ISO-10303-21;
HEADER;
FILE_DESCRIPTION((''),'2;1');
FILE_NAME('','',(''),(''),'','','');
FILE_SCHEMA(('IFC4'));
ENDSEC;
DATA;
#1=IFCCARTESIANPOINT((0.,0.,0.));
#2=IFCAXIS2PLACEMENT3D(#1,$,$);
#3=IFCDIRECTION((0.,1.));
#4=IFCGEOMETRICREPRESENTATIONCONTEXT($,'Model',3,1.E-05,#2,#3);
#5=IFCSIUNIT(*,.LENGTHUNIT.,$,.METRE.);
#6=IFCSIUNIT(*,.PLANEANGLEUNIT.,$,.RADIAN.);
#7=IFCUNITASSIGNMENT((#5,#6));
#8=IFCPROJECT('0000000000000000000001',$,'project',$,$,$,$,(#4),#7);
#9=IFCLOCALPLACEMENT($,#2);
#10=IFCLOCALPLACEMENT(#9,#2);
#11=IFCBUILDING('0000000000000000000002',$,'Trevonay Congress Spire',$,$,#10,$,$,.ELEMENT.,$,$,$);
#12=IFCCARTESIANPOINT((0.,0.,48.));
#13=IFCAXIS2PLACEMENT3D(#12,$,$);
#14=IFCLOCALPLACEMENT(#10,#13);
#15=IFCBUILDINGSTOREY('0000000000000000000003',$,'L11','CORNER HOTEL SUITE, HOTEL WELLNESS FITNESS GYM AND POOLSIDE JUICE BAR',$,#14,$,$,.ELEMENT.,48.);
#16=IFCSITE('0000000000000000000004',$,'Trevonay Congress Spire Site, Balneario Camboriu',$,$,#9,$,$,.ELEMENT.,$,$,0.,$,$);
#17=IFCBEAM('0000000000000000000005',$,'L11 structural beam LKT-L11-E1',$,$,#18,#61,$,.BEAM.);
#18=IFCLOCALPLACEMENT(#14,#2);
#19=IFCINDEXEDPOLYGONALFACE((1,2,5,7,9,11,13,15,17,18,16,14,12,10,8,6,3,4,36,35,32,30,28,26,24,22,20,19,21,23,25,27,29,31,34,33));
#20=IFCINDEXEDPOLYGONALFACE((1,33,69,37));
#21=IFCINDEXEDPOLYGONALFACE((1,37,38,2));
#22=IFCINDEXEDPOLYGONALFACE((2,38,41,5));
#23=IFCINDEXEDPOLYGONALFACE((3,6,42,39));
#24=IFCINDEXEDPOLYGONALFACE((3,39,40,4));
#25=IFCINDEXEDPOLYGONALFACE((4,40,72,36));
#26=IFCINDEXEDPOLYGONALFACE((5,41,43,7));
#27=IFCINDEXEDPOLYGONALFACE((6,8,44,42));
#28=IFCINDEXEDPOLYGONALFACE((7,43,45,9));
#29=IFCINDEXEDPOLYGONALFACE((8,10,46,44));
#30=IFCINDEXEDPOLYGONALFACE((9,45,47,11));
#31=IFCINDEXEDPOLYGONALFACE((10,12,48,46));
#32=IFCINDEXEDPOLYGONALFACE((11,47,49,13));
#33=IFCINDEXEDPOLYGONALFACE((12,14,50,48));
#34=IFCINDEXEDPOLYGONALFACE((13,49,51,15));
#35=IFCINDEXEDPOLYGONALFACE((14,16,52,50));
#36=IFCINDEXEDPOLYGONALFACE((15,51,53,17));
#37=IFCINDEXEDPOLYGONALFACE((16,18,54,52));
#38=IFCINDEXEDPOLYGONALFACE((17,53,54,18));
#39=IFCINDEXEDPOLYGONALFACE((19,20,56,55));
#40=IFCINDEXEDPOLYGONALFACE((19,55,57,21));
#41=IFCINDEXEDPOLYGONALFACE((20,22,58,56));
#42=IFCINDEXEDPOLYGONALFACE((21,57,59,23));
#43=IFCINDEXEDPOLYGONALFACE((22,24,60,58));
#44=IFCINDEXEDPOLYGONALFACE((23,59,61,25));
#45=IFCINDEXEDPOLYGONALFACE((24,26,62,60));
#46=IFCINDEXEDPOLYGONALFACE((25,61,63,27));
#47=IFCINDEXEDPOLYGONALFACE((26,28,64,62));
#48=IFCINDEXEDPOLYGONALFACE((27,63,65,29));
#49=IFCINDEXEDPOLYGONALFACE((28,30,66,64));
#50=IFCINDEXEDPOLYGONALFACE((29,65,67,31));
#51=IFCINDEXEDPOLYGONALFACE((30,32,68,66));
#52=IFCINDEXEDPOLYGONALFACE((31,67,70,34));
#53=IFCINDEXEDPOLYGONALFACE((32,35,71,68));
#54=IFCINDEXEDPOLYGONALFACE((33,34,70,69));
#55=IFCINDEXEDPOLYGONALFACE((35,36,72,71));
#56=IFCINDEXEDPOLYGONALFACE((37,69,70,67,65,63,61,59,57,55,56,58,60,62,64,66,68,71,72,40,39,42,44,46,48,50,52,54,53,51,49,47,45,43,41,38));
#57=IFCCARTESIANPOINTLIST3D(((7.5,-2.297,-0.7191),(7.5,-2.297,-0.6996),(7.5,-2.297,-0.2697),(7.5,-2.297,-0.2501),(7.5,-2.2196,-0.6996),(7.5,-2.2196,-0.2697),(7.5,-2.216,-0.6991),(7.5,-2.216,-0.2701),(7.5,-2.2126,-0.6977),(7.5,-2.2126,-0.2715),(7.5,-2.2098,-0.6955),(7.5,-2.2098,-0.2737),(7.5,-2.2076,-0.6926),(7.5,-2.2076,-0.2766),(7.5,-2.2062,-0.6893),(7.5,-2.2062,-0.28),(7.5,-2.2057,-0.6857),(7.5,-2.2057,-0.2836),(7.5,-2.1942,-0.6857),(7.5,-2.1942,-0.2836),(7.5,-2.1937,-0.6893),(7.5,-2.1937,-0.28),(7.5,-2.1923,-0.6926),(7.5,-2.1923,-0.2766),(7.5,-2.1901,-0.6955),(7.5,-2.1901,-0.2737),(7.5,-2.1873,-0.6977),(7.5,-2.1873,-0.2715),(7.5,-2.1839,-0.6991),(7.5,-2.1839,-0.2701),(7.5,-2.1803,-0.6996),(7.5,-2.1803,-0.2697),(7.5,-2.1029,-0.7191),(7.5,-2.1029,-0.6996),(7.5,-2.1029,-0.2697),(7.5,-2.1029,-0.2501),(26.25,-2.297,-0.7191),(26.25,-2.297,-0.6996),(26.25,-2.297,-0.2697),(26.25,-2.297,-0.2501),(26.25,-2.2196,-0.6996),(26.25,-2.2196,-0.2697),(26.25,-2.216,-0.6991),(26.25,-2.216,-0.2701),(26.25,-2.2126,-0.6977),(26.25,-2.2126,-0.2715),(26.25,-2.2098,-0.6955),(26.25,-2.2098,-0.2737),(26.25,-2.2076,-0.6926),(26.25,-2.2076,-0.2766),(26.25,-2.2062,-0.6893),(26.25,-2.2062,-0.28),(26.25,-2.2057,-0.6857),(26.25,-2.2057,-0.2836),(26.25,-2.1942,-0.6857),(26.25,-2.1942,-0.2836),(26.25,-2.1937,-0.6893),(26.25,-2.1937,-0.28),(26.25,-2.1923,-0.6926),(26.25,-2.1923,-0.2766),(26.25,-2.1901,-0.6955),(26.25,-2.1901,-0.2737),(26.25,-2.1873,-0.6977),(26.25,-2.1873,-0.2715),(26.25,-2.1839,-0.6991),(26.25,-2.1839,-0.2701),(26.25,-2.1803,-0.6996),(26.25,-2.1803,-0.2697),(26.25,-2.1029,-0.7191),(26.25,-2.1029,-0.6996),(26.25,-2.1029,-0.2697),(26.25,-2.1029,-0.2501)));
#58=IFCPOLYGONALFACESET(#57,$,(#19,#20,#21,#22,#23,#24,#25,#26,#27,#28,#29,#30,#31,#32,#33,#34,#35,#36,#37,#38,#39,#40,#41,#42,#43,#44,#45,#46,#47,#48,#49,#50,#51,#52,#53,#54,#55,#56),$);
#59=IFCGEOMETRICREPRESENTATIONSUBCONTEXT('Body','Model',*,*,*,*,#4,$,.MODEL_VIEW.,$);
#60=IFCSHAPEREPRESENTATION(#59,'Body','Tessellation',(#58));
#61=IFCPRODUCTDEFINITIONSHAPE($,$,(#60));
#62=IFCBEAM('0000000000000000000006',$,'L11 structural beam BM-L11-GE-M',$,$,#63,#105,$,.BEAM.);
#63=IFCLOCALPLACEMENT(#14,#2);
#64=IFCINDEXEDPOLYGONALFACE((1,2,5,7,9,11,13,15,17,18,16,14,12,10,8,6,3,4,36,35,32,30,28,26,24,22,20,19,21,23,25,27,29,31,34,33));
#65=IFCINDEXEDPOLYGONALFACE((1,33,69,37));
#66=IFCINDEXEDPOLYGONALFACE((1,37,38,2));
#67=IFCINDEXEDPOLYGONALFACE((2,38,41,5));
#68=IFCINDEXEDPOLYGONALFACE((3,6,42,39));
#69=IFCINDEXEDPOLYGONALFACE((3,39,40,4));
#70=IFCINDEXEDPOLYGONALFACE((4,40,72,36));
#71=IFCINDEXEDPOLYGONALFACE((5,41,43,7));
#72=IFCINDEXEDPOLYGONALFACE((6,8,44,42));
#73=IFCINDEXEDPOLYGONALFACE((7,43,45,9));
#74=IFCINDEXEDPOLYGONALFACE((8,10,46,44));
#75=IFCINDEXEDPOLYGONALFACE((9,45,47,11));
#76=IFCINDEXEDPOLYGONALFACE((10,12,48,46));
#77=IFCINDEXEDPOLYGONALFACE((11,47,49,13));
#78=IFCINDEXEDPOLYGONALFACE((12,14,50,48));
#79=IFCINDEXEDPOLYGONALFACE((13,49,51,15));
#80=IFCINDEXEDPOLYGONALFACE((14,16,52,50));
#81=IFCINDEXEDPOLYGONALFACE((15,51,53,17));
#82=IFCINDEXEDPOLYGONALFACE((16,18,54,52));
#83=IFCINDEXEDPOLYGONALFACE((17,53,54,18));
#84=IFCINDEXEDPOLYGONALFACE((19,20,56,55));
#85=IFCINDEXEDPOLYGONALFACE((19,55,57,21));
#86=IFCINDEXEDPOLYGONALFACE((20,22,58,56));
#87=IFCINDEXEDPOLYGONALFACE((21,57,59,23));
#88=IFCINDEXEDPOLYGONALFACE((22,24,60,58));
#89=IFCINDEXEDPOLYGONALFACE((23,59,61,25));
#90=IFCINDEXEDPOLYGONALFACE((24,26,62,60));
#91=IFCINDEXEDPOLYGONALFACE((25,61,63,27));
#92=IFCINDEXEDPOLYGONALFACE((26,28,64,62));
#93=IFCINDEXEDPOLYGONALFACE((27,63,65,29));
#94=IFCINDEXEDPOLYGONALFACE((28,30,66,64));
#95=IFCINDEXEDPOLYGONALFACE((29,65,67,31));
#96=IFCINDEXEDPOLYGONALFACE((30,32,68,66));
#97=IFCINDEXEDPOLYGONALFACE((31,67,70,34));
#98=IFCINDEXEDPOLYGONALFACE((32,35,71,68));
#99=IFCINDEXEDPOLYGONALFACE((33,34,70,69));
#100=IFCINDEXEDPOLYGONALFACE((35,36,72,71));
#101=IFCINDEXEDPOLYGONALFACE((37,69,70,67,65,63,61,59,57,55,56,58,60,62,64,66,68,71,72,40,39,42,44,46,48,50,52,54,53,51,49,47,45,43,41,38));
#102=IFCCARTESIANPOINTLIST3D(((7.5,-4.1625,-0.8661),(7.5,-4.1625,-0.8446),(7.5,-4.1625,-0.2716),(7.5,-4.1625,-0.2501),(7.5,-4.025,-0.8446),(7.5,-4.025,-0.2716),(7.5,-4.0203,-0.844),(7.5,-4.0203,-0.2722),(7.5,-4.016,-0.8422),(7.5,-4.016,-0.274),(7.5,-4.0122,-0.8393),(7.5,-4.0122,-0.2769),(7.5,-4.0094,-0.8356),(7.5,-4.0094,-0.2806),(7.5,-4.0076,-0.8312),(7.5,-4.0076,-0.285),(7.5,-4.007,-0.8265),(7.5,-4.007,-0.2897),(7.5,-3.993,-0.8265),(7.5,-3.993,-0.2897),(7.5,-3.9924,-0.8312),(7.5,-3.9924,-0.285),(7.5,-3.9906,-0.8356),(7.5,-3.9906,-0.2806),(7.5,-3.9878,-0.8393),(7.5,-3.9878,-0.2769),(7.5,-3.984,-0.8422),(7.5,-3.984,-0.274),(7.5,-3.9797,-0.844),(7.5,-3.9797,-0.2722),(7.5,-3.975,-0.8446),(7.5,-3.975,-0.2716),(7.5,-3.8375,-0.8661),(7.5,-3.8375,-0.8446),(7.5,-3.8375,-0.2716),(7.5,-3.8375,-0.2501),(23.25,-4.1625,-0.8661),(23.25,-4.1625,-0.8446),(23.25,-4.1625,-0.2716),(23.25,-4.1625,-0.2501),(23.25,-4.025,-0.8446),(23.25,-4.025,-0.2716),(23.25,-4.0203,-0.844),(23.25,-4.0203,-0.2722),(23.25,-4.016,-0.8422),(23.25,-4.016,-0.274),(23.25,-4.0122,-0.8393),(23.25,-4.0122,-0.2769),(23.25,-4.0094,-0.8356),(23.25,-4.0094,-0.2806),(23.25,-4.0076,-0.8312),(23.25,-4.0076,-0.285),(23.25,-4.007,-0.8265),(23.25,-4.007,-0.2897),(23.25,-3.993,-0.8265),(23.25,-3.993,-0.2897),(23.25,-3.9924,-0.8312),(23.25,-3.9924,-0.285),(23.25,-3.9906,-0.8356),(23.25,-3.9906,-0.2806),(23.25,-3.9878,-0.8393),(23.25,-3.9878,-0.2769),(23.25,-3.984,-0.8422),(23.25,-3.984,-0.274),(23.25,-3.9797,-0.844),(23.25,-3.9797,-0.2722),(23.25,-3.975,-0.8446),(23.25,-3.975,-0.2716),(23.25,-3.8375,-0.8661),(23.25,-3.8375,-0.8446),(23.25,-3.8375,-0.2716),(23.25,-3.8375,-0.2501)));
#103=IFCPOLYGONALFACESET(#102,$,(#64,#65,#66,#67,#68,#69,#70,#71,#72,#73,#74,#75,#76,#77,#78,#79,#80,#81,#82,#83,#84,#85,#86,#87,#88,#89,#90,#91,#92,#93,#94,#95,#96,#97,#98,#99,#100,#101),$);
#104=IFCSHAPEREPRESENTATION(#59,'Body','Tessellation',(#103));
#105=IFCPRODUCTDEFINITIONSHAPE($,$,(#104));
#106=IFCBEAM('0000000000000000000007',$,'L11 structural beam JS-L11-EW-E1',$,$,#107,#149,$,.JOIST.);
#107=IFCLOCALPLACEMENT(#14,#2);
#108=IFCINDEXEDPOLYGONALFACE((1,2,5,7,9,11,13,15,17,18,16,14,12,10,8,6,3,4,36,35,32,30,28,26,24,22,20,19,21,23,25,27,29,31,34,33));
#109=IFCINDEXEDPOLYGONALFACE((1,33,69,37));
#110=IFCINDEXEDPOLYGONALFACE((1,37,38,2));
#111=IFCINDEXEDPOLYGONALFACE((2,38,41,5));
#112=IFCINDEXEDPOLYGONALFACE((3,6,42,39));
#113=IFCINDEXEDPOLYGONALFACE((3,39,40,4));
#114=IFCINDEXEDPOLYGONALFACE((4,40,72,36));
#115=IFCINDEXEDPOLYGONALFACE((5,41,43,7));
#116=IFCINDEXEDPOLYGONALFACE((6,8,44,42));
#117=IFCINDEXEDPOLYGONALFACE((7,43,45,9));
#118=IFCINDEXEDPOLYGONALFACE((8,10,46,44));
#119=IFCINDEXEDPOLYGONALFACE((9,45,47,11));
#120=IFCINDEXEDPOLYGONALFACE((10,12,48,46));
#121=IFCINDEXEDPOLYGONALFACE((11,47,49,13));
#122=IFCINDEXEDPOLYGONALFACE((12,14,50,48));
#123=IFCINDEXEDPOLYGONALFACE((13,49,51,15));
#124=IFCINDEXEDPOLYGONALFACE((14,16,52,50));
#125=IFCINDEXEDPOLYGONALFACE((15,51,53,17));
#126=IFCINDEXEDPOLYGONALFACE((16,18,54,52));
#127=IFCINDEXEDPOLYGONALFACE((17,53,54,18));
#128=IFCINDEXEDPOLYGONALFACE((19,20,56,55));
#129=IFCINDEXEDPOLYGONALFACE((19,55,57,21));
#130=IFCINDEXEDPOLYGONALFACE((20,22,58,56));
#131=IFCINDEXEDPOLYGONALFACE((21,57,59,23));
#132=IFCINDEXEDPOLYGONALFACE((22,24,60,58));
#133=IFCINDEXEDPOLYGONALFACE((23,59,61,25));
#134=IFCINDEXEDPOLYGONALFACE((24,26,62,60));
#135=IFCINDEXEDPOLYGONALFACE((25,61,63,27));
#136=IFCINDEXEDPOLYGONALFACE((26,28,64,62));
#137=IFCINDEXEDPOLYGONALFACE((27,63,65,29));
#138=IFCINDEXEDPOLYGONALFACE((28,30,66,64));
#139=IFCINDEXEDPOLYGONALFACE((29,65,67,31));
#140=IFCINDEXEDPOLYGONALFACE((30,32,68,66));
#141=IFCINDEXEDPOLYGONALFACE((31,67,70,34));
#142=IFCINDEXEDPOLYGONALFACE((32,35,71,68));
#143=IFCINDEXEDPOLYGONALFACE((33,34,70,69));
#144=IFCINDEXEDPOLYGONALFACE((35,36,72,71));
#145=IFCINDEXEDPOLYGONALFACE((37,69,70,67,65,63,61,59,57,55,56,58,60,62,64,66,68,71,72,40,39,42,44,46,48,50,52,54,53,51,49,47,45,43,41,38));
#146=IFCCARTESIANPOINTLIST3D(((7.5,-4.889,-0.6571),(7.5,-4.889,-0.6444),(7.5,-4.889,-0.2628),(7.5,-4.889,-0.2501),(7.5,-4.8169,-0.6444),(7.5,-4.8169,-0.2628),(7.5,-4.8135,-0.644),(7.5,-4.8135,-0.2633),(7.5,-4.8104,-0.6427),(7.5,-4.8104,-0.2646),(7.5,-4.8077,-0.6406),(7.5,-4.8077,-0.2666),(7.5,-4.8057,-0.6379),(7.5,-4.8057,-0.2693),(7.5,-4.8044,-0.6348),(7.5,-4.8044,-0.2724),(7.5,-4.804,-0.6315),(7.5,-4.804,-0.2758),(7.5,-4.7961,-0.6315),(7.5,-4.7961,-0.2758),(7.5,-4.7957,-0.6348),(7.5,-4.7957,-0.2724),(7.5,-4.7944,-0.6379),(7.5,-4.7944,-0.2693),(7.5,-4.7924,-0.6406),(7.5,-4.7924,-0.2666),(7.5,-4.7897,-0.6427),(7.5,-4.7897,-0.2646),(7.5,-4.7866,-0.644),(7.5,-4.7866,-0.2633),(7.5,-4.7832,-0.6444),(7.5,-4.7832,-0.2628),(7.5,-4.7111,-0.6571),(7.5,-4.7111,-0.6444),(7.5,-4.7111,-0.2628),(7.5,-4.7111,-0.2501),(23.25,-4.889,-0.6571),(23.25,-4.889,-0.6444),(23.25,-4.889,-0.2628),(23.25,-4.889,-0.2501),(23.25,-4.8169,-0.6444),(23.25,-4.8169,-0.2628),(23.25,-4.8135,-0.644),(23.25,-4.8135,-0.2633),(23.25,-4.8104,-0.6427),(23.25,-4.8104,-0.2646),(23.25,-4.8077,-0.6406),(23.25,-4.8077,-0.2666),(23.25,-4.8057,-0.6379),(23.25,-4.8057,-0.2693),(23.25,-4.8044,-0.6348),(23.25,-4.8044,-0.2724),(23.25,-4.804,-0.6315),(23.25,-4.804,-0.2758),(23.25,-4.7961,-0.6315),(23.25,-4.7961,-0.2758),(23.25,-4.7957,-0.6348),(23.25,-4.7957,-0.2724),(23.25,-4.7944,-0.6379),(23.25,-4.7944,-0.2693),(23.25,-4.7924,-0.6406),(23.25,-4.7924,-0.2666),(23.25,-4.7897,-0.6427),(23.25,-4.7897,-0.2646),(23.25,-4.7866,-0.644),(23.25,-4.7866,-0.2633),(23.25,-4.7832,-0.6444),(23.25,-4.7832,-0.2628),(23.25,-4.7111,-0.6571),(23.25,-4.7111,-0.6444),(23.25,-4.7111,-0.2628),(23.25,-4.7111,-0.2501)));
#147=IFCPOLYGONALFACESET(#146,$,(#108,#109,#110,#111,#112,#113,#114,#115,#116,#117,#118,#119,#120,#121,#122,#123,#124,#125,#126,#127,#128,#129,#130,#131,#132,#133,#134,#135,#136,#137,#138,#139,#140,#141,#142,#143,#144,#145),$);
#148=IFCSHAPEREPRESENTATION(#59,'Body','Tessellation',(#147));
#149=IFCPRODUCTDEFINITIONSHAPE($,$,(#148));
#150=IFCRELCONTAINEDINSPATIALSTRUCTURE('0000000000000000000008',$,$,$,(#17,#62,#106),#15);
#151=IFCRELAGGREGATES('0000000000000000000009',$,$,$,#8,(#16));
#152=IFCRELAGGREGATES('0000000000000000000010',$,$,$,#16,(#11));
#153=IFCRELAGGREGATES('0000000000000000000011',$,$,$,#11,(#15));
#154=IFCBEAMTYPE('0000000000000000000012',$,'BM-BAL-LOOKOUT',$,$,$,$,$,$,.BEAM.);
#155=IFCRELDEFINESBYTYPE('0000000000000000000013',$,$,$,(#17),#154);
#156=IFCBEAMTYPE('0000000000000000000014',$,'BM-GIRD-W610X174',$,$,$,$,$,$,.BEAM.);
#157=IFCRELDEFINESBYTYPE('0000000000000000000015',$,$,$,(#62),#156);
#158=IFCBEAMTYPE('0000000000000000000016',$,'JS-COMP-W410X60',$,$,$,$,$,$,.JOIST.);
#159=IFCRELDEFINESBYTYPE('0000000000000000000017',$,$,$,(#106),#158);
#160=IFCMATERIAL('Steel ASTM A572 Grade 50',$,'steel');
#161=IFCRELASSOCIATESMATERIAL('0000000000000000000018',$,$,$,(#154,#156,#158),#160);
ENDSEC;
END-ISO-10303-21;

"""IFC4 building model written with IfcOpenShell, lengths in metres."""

from ifc_helpers import new_model, si_unit, direction, frame, origin, origin_2d, place, context, subcontext, project, spatial, i_section, extrude, material, material_profile, profile_set, type_object, element, save


model = new_model("IFC4")

# Units and contexts
model_context = context("Model", 3, precision=1e-05, world=origin(), true_north=direction((0.0, 1.0)))
body_context = subcontext(model_context, "Body", "Model", "MODEL_VIEW")
ifc_project = project(units=[si_unit("LENGTHUNIT", "METRE"), si_unit("PLANEANGLEUNIT", "RADIAN")], contexts=[model_context])

# Site, building, storey
site_placement = place(None, origin())
site = spatial("IfcSite", under=ifc_project, at=site_placement, Name="Trevonay Congress Spire Site, Balneario Camboriu", CompositionType="ELEMENT", RefElevation=0.0)
building_placement = place(site_placement, origin())
building = spatial("IfcBuilding", under=site, at=building_placement, Name="Trevonay Congress Spire", CompositionType="ELEMENT")
storey_placement = place(building_placement, frame((0.0, 0.0, 48.0)))
storey = spatial("IfcBuildingStorey", under=building, at=storey_placement, Name="L11", Description="CORNER HOTEL SUITE, HOTEL WELLNESS FITNESS GYM AND POOLSIDE JUICE BAR", CompositionType="ELEMENT", Elevation=48.0)

# Beams
ifc_material_1 = material(Name="Steel ASTM A572 Grade 50", Category="steel")
ifc_material_profile_1 = material_profile(ifc_material_1, i_section(OverallWidth=0.1941, OverallDepth=0.469, WebThickness=0.0115, FlangeThickness=0.0195, FilletRadius=0.0139, at=origin_2d()), Name="W460x106")
ifc_profile_set_1 = profile_set([ifc_material_profile_1], Name="Steel ASTM A572 Grade 50")
beam_type_1 = type_object("IfcBeamType", Name="BM-BAL-LOOKOUT", PredefinedType="BEAM", material=ifc_profile_set_1)
beam_1_placement = place(storey_placement, frame((7.5, -2.2, -0.4846), z_axis=(1.0, 0.0, 0.0), x_axis=(0.0, 1.0, 0.0)))
element("IfcBeam", 1, at=beam_1_placement, inside=storey, type_object=beam_type_1, Name="L11 structural beam LKT-L11-E1", PredefinedType="BEAM", context=body_context, shape_type="SweptSolid", body=[
    extrude(i_section(OverallWidth=0.1941, OverallDepth=0.469, WebThickness=0.0115, FlangeThickness=0.0195, FilletRadius=0.0139, at=origin_2d()), origin(), (0.0, 0.0, 1.0), 18.75),
])
ifc_material_profile_2 = material_profile(ifc_material_1, i_section(OverallWidth=0.325, OverallDepth=0.616, WebThickness=0.0139, FlangeThickness=0.0215, FilletRadius=0.0181, at=origin_2d()), Name="W610x174")
ifc_profile_set_2 = profile_set([ifc_material_profile_2], Name="Steel ASTM A572 Grade 50")
beam_type_2 = type_object("IfcBeamType", Name="BM-GIRD-W610X174", PredefinedType="BEAM", material=ifc_profile_set_2)
beam_2_placement = place(storey_placement, frame((7.5, -4.0, -0.5581), z_axis=(1.0, 0.0, 0.0), x_axis=(0.0, 1.0, 0.0)))
element("IfcBeam", 2, at=beam_2_placement, inside=storey, type_object=beam_type_2, Name="L11 structural beam BM-L11-GE-M", PredefinedType="BEAM", context=body_context, shape_type="SweptSolid", body=[
    extrude(i_section(OverallWidth=0.325, OverallDepth=0.616, WebThickness=0.0139, FlangeThickness=0.0215, FilletRadius=0.0181, at=origin_2d()), origin(), (0.0, 0.0, 1.0), 15.75),
])
ifc_material_profile_3 = material_profile(ifc_material_1, i_section(OverallWidth=0.178, OverallDepth=0.407, WebThickness=0.0078, FlangeThickness=0.0127, FilletRadius=0.0129, at=origin_2d()), Name="W410x60")
ifc_profile_set_3 = profile_set([ifc_material_profile_3], Name="Steel ASTM A572 Grade 50")
beam_type_3 = type_object("IfcBeamType", Name="JS-COMP-W410X60", PredefinedType="JOIST", material=ifc_profile_set_3)
beam_3_placement = place(storey_placement, frame((7.5, -4.8, -0.4536), z_axis=(1.0, 0.0, 0.0), x_axis=(0.0, 1.0, 0.0)))
element("IfcBeam", 3, at=beam_3_placement, inside=storey, type_object=beam_type_3, Name="L11 structural beam JS-L11-EW-E1", PredefinedType="JOIST", context=body_context, shape_type="SweptSolid", body=[
    extrude(i_section(OverallWidth=0.178, OverallDepth=0.407, WebThickness=0.0078, FlangeThickness=0.0127, FilletRadius=0.0129, at=origin_2d()), origin(), (0.0, 0.0, 1.0), 15.75),
])

save(model, "model.ifc")
